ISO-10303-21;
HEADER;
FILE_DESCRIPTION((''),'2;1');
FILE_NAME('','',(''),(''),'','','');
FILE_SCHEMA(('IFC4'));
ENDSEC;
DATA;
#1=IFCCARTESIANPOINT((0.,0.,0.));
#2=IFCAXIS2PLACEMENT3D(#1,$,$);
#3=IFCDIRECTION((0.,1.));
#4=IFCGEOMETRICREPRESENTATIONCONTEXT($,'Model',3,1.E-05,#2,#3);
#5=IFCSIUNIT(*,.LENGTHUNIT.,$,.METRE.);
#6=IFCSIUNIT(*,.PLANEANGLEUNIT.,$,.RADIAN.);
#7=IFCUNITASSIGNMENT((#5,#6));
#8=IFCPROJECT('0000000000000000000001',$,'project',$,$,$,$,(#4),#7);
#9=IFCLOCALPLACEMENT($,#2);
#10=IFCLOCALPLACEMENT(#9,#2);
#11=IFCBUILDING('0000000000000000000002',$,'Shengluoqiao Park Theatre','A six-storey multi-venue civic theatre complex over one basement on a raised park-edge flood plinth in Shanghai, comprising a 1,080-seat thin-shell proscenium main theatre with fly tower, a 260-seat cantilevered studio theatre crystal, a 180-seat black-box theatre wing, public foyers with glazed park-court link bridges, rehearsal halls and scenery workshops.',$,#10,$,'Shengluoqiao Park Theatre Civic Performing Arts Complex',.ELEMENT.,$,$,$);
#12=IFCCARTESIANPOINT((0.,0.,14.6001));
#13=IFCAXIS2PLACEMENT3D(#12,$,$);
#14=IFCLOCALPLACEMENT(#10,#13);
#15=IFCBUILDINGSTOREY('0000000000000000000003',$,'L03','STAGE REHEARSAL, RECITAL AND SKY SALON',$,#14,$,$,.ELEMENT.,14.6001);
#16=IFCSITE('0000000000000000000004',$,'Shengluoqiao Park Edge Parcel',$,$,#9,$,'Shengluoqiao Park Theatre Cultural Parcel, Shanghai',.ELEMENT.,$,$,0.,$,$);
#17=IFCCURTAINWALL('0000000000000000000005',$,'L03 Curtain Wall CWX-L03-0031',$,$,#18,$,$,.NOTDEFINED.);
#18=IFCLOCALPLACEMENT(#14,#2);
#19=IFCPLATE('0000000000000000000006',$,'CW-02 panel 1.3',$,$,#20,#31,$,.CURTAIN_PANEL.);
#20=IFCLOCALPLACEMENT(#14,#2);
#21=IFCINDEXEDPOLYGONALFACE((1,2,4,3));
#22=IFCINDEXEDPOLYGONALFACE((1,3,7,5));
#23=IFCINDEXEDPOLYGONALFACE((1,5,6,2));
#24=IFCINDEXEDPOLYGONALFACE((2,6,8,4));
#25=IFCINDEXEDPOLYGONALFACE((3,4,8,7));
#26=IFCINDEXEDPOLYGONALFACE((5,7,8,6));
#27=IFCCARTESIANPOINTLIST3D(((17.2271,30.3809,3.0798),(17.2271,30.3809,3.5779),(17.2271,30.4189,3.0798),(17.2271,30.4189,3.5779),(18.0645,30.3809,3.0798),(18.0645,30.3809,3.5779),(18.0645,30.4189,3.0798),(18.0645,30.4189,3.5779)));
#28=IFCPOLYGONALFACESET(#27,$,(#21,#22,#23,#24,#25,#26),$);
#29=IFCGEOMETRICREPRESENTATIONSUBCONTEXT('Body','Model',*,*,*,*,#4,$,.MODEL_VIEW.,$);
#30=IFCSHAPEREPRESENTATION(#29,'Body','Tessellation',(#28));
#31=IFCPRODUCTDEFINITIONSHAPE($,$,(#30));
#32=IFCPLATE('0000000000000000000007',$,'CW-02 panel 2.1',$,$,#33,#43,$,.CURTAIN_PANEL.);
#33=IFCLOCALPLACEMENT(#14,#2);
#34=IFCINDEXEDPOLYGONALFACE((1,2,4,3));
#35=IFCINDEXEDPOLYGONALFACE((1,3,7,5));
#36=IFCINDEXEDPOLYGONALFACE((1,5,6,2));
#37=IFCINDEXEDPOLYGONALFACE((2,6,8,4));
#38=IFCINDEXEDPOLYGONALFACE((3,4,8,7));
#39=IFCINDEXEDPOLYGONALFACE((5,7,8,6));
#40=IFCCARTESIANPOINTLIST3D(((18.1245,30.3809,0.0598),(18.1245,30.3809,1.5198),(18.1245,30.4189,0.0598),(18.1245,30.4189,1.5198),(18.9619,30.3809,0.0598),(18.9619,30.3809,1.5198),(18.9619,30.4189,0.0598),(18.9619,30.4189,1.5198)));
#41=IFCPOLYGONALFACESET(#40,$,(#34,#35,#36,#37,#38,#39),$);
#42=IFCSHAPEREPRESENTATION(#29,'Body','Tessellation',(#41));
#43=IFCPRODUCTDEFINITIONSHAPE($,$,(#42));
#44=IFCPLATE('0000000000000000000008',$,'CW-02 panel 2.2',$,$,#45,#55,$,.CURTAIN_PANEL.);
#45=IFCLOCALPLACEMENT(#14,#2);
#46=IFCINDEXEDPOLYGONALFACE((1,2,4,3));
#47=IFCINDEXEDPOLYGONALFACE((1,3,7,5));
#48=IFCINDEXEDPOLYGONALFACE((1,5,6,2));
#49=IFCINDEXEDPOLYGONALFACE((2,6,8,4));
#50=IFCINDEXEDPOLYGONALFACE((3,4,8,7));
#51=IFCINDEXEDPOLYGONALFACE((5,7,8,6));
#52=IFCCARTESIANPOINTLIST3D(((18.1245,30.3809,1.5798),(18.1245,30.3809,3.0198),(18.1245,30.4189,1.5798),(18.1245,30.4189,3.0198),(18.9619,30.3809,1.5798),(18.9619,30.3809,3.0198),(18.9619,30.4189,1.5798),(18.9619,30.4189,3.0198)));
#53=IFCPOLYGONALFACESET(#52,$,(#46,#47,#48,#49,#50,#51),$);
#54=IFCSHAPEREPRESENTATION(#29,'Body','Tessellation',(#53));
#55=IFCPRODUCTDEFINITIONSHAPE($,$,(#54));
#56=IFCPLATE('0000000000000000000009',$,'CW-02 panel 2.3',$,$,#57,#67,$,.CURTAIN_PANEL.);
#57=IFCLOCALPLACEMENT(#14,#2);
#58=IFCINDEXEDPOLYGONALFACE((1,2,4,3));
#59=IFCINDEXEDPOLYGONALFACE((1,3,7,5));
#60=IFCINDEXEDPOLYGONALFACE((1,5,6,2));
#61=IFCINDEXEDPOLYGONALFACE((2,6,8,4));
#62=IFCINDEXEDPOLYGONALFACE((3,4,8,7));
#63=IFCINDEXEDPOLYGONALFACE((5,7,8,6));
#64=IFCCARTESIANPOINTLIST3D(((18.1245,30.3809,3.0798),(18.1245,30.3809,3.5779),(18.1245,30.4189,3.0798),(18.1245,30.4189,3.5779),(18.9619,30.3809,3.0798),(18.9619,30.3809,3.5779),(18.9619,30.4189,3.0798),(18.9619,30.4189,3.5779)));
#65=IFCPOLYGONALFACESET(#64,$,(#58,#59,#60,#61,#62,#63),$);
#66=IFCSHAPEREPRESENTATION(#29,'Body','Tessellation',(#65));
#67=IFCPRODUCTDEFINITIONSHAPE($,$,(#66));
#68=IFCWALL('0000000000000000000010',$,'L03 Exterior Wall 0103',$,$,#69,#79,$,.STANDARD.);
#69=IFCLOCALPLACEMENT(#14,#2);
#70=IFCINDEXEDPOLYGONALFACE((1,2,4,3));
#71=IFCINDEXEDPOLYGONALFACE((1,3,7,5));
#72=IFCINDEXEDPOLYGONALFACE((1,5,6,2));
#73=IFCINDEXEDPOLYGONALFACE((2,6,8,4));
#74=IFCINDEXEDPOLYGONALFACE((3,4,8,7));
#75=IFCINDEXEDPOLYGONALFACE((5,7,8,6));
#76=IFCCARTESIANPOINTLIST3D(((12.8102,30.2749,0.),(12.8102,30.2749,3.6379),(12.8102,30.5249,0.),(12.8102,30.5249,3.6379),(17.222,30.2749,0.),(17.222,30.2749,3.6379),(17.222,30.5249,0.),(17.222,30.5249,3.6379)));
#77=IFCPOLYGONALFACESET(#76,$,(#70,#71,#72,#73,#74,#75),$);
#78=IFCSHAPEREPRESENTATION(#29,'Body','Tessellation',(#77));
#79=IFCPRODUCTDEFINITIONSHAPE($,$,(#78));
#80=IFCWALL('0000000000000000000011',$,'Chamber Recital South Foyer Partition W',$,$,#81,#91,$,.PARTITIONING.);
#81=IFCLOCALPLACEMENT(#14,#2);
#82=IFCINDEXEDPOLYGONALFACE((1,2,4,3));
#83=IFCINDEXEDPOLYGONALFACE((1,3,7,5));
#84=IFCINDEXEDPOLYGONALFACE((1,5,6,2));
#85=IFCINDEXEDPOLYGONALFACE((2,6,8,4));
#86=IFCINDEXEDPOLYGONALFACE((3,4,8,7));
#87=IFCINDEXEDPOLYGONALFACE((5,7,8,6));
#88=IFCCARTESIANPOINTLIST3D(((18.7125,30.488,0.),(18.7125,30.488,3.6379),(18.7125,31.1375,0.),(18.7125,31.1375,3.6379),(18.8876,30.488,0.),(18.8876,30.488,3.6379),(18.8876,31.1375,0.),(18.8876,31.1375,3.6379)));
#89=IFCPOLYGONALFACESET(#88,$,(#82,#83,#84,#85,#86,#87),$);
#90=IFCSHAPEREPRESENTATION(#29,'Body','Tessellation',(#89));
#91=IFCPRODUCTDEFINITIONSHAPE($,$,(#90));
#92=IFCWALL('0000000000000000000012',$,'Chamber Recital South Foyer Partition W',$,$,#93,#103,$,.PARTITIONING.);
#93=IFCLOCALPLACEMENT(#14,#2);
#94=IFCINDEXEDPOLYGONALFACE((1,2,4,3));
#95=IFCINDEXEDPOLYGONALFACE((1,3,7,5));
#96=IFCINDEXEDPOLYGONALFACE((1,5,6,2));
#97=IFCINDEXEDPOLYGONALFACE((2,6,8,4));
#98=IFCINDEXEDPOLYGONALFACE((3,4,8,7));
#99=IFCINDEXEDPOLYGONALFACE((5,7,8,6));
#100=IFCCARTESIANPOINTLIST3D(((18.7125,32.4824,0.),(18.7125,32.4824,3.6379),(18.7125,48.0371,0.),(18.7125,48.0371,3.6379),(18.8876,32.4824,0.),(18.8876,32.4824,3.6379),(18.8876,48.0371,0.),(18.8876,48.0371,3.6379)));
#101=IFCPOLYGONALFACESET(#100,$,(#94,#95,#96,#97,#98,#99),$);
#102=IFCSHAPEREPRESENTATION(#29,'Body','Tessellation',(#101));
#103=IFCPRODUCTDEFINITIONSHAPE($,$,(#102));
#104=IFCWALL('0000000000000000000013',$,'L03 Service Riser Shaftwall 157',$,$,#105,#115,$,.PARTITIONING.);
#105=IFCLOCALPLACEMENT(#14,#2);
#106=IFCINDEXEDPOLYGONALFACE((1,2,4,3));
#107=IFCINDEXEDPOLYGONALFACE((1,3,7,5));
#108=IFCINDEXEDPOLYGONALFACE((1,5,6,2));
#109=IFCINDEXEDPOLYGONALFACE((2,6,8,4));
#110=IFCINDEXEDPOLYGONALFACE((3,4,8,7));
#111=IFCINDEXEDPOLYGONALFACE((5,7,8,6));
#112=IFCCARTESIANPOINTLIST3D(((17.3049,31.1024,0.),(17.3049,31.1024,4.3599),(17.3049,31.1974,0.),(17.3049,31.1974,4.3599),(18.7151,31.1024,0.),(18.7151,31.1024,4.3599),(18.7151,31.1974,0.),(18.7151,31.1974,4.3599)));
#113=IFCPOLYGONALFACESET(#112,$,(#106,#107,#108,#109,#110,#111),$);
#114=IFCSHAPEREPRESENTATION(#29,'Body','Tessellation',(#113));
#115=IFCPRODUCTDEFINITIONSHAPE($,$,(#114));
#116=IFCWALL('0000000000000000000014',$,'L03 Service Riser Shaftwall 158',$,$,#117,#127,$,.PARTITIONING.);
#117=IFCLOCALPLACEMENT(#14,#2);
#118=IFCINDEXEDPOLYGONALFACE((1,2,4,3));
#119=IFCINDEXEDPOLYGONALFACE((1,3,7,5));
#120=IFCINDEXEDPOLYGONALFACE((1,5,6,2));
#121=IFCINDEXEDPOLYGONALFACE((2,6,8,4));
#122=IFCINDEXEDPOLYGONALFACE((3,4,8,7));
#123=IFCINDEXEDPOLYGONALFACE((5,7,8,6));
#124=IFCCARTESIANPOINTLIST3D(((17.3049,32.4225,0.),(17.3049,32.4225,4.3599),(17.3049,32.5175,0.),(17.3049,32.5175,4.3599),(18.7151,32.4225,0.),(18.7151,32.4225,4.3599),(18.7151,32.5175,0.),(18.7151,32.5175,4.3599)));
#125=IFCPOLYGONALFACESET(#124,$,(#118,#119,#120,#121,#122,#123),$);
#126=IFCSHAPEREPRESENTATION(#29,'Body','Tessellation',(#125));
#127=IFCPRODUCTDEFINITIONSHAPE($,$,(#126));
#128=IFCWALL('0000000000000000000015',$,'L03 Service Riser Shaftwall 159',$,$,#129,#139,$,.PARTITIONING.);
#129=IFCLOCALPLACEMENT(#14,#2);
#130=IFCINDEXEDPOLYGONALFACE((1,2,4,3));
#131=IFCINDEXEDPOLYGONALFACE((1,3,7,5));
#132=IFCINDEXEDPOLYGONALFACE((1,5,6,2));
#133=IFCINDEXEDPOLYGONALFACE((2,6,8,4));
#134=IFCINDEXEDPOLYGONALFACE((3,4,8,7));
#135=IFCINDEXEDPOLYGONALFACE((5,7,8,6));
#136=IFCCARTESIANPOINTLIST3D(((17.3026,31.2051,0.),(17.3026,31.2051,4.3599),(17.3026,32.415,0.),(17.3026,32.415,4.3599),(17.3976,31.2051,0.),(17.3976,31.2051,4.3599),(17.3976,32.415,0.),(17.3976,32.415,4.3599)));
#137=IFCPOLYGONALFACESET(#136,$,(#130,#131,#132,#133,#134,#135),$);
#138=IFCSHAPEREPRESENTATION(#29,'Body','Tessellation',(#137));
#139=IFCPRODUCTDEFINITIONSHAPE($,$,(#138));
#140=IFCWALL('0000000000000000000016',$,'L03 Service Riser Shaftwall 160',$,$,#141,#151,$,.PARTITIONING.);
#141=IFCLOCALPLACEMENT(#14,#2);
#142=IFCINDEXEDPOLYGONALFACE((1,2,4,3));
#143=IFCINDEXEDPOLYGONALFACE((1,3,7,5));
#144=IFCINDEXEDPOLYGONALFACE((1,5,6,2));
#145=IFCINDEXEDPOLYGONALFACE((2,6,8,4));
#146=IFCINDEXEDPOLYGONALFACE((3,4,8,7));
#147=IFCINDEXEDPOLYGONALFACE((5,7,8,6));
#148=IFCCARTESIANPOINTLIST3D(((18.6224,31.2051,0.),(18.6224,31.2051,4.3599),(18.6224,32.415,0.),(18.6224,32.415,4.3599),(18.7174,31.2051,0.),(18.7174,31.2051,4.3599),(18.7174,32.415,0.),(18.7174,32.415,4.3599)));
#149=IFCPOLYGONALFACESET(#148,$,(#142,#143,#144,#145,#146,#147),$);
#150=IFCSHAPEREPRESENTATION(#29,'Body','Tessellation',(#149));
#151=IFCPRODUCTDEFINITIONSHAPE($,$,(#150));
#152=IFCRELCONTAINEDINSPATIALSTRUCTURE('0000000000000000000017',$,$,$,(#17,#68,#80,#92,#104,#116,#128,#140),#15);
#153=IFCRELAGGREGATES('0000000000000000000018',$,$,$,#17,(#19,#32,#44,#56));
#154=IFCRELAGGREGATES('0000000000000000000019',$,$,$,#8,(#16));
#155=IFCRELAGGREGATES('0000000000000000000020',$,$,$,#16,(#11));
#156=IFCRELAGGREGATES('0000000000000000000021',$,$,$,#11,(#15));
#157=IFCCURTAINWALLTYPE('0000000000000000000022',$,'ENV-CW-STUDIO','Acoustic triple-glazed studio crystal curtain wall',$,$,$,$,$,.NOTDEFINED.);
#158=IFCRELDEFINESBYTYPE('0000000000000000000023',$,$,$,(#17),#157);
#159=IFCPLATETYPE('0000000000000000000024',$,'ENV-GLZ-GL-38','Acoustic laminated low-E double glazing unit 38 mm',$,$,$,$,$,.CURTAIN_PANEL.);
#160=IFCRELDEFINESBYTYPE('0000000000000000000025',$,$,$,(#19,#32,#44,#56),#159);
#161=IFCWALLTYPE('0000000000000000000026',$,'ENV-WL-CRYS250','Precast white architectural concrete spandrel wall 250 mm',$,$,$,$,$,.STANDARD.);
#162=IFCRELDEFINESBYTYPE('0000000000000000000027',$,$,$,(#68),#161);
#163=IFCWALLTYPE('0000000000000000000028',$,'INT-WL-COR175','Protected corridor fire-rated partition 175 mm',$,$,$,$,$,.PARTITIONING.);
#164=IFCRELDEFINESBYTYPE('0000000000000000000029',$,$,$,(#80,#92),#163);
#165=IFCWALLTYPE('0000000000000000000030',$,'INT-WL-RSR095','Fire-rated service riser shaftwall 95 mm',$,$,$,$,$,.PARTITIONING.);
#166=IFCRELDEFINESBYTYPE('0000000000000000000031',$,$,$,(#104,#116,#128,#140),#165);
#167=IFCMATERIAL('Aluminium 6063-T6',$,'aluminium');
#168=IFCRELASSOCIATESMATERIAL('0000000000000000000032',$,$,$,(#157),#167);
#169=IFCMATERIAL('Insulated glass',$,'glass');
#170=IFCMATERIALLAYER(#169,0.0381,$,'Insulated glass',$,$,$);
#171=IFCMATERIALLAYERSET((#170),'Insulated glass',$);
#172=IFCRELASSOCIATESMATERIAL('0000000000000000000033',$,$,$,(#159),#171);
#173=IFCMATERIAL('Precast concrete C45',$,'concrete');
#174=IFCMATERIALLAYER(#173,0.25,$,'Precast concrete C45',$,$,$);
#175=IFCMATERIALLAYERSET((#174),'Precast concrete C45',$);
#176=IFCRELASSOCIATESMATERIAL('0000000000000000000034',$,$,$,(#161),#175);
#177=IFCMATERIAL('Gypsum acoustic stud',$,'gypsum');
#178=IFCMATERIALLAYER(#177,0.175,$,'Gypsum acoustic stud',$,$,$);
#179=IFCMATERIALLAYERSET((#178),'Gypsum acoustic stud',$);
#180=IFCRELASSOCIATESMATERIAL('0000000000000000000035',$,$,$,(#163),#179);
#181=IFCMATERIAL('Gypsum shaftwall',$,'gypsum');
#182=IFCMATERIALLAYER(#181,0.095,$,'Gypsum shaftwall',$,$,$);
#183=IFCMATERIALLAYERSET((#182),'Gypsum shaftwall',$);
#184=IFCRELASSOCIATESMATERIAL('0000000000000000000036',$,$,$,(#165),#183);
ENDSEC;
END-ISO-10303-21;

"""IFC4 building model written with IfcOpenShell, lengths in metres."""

from ifc_helpers import new_model, si_unit, direction, frame, frame_2d, origin, origin_2d, place, context, subcontext, project, spatial, rectangle, extrude, material, layer, layer_set, type_object, element, aggregate, save


model = new_model("IFC4")

# Units and contexts
model_context = context("Model", 3, precision=1e-05, world=origin(), true_north=direction((0.0, 1.0)))
body_context = subcontext(model_context, "Body", "Model", "MODEL_VIEW")
ifc_project = project(units=[si_unit("LENGTHUNIT", "METRE"), si_unit("PLANEANGLEUNIT", "RADIAN")], contexts=[model_context])

# Site, building, storey
site_placement = place(None, origin())
site = spatial("IfcSite", under=ifc_project, at=site_placement, Name="Shengluoqiao Park Edge Parcel", LongName="Shengluoqiao Park Theatre Cultural Parcel, Shanghai", CompositionType="ELEMENT", RefElevation=0.0)
building_placement = place(site_placement, origin())
building = spatial("IfcBuilding", under=site, at=building_placement, Name="Shengluoqiao Park Theatre", Description="A six-storey multi-venue civic theatre complex over one basement on a raised park-edge flood plinth in Shanghai, comprising a 1,080-seat thin-shell proscenium main theatre with fly tower, a 260-seat cantilevered studio theatre crystal, a 180-seat black-box theatre wing, public foyers with glazed park-court link bridges, rehearsal halls and scenery workshops.", LongName="Shengluoqiao Park Theatre Civic Performing Arts Complex", CompositionType="ELEMENT")
storey_placement = place(building_placement, frame((0.0, 0.0, 14.6001)))
storey = spatial("IfcBuildingStorey", under=building, at=storey_placement, Name="L03", Description="STAGE REHEARSAL, RECITAL AND SKY SALON", CompositionType="ELEMENT", Elevation=14.6001)

# Shared definitions
ifc_material_1 = material(Name="Aluminium 6063-T6", Category="aluminium")
curtain_wall_type = type_object("IfcCurtainWallType", Name="ENV-CW-STUDIO", Description="Acoustic triple-glazed studio crystal curtain wall", PredefinedType="NOTDEFINED", material=ifc_material_1)

# Curtain wall
curtain_wall_1_placement = place(storey_placement, origin())
curtain_wall_1 = element("IfcCurtainWall", 1, at=curtain_wall_1_placement, inside=storey, type_object=curtain_wall_type, Name="L03 Curtain Wall CWX-L03-0031", PredefinedType="NOTDEFINED")

# Plates
ifc_material_2 = material(Name="Insulated glass", Category="glass")
ifc_layer_1 = layer(ifc_material_2, 0.0381, Name="Insulated glass")
ifc_layer_set_1 = layer_set([ifc_layer_1], Name="Insulated glass")
plate_type = type_object("IfcPlateType", Name="ENV-GLZ-GL-38", Description="Acoustic laminated low-E double glazing unit 38 mm", PredefinedType="CURTAIN_PANEL", material=ifc_layer_set_1)
plate_1_placement = place(storey_placement, frame((17.6458, 30.3999, 3.0798), z_axis=(0.0, 0.0, 1.0), x_axis=(1.0, 0.0, 0.0)))
plate_1 = element("IfcPlate", 2, at=plate_1_placement, type_object=plate_type, Name="CW-02 panel 1.3", PredefinedType="CURTAIN_PANEL", context=body_context, shape_type="SweptSolid", body=[
    extrude(rectangle(XDim=0.8374, YDim=0.0381, at=origin_2d()), origin(), (0.0, 0.0, 1.0), 0.498),
])
plate_2_placement = place(storey_placement, frame((18.5432, 30.3999, 0.0598), z_axis=(0.0, 0.0, 1.0), x_axis=(1.0, 0.0, 0.0)))
plate_2 = element("IfcPlate", 3, at=plate_2_placement, type_object=plate_type, Name="CW-02 panel 2.1", PredefinedType="CURTAIN_PANEL", context=body_context, shape_type="SweptSolid", body=[
    extrude(rectangle(XDim=0.8374, YDim=0.0381, at=origin_2d()), origin(), (0.0, 0.0, 1.0), 1.46),
])
plate_3_placement = place(storey_placement, frame((18.5432, 30.3999, 1.5798), z_axis=(0.0, 0.0, 1.0), x_axis=(1.0, 0.0, 0.0)))
plate_3 = element("IfcPlate", 4, at=plate_3_placement, type_object=plate_type, Name="CW-02 panel 2.2", PredefinedType="CURTAIN_PANEL", context=body_context, shape_type="SweptSolid", body=[
    extrude(rectangle(XDim=0.8374, YDim=0.0381, at=origin_2d()), origin(), (0.0, 0.0, 1.0), 1.4399),
])
plate_4_placement = place(storey_placement, frame((18.5432, 30.3999, 3.0798), z_axis=(0.0, 0.0, 1.0), x_axis=(1.0, 0.0, 0.0)))
plate_4 = element("IfcPlate", 5, at=plate_4_placement, type_object=plate_type, Name="CW-02 panel 2.3", PredefinedType="CURTAIN_PANEL", context=body_context, shape_type="SweptSolid", body=[
    extrude(rectangle(XDim=0.8374, YDim=0.0381, at=origin_2d()), origin(), (0.0, 0.0, 1.0), 0.498),
])
aggregate(curtain_wall_1, [plate_1, plate_2, plate_3, plate_4])

# Walls
ifc_material_3 = material(Name="Precast concrete C45", Category="concrete")
ifc_layer_2 = layer(ifc_material_3, 0.25, Name="Precast concrete C45")
ifc_layer_set_2 = layer_set([ifc_layer_2], Name="Precast concrete C45")
wall_type_1 = type_object("IfcWallType", Name="ENV-WL-CRYS250", Description="Precast white architectural concrete spandrel wall 250 mm", PredefinedType="STANDARD", material=ifc_layer_set_2)
wall_1_placement = place(storey_placement, frame((12.8101, 30.3999, 0.0), z_axis=(0.0, 0.0, 1.0), x_axis=(1.0, 0.0, 0.0)))
element("IfcWall", 6, at=wall_1_placement, inside=storey, type_object=wall_type_1, Name="L03 Exterior Wall 0103", PredefinedType="STANDARD", context=body_context, shape_type="SweptSolid", body=[
    extrude(rectangle(XDim=4.4119, YDim=0.25, at=frame_2d((2.2061, 0.0))), origin(), (0.0, 0.0, 1.0), 3.6379),
])
ifc_material_4 = material(Name="Gypsum acoustic stud", Category="gypsum")
ifc_layer_3 = layer(ifc_material_4, 0.175, Name="Gypsum acoustic stud")
ifc_layer_set_3 = layer_set([ifc_layer_3], Name="Gypsum acoustic stud")
wall_type_2 = type_object("IfcWallType", Name="INT-WL-COR175", Description="Protected corridor fire-rated partition 175 mm", PredefinedType="PARTITIONING", material=ifc_layer_set_3)
wall_2_placement = place(storey_placement, frame((18.8, 30.488, 0.0), z_axis=(0.0, 0.0, 1.0), x_axis=(0.0, 1.0, 0.0)))
element("IfcWall", 7, at=wall_2_placement, inside=storey, type_object=wall_type_2, Name="Chamber Recital South Foyer Partition W", PredefinedType="PARTITIONING", context=body_context, shape_type="SweptSolid", body=[
    extrude(rectangle(XDim=0.6494, YDim=0.175, at=frame_2d((0.3247, 0.0))), origin(), (0.0, 0.0, 1.0), 3.6379),
])
wall_3_placement = place(storey_placement, frame((18.8, 32.4824, 0.0), z_axis=(0.0, 0.0, 1.0), x_axis=(0.0, 1.0, 0.0)))
element("IfcWall", 8, at=wall_3_placement, inside=storey, type_object=wall_type_2, Name="Chamber Recital South Foyer Partition W", PredefinedType="PARTITIONING", context=body_context, shape_type="SweptSolid", body=[
    extrude(rectangle(XDim=15.5547, YDim=0.175, at=frame_2d((7.7773, 0.0))), origin(), (0.0, 0.0, 1.0), 3.6379),
])
ifc_material_5 = material(Name="Gypsum shaftwall", Category="gypsum")
ifc_layer_4 = layer(ifc_material_5, 0.095, Name="Gypsum shaftwall")
ifc_layer_set_4 = layer_set([ifc_layer_4], Name="Gypsum shaftwall")
wall_type_3 = type_object("IfcWallType", Name="INT-WL-RSR095", Description="Fire-rated service riser shaftwall 95 mm", PredefinedType="PARTITIONING", material=ifc_layer_set_4)
for number, where, z_axis, x_axis, name in (
    (9, (17.3049, 31.1499, 0.0), (0.0, 0.0, 1.0), (1.0, 0.0, 0.0), "L03 Service Riser Shaftwall 157"),
    (10, (17.3049, 32.47, 0.0), (0.0, 0.0, 1.0), (1.0, 0.0, 0.0), "L03 Service Riser Shaftwall 158"),
):
    element("IfcWall", number, at=place(storey_placement, frame(where, z_axis=z_axis, x_axis=x_axis)), inside=storey, type_object=wall_type_3, Name=name, PredefinedType="PARTITIONING", context=body_context, shape_type="SweptSolid", body=[
        extrude(rectangle(XDim=1.4102, YDim=0.095, at=frame_2d((0.7051, 0.0))), origin(), (0.0, 0.0, 1.0), 4.3599),
    ])
for number, where, z_axis, x_axis, name in (
    (11, (17.3501, 31.2051, 0.0), (0.0, 0.0, 1.0), (0.0, 1.0, 0.0), "L03 Service Riser Shaftwall 159"),
    (12, (18.6699, 31.2051, 0.0), (0.0, 0.0, 1.0), (0.0, 1.0, 0.0), "L03 Service Riser Shaftwall 160"),
):
    element("IfcWall", number, at=place(storey_placement, frame(where, z_axis=z_axis, x_axis=x_axis)), inside=storey, type_object=wall_type_3, Name=name, PredefinedType="PARTITIONING", context=body_context, shape_type="SweptSolid", body=[
        extrude(rectangle(XDim=1.21, YDim=0.095, at=frame_2d((0.605, 0.0))), origin(), (0.0, 0.0, 1.0), 4.3599),
    ])

save(model, "model.ifc")
